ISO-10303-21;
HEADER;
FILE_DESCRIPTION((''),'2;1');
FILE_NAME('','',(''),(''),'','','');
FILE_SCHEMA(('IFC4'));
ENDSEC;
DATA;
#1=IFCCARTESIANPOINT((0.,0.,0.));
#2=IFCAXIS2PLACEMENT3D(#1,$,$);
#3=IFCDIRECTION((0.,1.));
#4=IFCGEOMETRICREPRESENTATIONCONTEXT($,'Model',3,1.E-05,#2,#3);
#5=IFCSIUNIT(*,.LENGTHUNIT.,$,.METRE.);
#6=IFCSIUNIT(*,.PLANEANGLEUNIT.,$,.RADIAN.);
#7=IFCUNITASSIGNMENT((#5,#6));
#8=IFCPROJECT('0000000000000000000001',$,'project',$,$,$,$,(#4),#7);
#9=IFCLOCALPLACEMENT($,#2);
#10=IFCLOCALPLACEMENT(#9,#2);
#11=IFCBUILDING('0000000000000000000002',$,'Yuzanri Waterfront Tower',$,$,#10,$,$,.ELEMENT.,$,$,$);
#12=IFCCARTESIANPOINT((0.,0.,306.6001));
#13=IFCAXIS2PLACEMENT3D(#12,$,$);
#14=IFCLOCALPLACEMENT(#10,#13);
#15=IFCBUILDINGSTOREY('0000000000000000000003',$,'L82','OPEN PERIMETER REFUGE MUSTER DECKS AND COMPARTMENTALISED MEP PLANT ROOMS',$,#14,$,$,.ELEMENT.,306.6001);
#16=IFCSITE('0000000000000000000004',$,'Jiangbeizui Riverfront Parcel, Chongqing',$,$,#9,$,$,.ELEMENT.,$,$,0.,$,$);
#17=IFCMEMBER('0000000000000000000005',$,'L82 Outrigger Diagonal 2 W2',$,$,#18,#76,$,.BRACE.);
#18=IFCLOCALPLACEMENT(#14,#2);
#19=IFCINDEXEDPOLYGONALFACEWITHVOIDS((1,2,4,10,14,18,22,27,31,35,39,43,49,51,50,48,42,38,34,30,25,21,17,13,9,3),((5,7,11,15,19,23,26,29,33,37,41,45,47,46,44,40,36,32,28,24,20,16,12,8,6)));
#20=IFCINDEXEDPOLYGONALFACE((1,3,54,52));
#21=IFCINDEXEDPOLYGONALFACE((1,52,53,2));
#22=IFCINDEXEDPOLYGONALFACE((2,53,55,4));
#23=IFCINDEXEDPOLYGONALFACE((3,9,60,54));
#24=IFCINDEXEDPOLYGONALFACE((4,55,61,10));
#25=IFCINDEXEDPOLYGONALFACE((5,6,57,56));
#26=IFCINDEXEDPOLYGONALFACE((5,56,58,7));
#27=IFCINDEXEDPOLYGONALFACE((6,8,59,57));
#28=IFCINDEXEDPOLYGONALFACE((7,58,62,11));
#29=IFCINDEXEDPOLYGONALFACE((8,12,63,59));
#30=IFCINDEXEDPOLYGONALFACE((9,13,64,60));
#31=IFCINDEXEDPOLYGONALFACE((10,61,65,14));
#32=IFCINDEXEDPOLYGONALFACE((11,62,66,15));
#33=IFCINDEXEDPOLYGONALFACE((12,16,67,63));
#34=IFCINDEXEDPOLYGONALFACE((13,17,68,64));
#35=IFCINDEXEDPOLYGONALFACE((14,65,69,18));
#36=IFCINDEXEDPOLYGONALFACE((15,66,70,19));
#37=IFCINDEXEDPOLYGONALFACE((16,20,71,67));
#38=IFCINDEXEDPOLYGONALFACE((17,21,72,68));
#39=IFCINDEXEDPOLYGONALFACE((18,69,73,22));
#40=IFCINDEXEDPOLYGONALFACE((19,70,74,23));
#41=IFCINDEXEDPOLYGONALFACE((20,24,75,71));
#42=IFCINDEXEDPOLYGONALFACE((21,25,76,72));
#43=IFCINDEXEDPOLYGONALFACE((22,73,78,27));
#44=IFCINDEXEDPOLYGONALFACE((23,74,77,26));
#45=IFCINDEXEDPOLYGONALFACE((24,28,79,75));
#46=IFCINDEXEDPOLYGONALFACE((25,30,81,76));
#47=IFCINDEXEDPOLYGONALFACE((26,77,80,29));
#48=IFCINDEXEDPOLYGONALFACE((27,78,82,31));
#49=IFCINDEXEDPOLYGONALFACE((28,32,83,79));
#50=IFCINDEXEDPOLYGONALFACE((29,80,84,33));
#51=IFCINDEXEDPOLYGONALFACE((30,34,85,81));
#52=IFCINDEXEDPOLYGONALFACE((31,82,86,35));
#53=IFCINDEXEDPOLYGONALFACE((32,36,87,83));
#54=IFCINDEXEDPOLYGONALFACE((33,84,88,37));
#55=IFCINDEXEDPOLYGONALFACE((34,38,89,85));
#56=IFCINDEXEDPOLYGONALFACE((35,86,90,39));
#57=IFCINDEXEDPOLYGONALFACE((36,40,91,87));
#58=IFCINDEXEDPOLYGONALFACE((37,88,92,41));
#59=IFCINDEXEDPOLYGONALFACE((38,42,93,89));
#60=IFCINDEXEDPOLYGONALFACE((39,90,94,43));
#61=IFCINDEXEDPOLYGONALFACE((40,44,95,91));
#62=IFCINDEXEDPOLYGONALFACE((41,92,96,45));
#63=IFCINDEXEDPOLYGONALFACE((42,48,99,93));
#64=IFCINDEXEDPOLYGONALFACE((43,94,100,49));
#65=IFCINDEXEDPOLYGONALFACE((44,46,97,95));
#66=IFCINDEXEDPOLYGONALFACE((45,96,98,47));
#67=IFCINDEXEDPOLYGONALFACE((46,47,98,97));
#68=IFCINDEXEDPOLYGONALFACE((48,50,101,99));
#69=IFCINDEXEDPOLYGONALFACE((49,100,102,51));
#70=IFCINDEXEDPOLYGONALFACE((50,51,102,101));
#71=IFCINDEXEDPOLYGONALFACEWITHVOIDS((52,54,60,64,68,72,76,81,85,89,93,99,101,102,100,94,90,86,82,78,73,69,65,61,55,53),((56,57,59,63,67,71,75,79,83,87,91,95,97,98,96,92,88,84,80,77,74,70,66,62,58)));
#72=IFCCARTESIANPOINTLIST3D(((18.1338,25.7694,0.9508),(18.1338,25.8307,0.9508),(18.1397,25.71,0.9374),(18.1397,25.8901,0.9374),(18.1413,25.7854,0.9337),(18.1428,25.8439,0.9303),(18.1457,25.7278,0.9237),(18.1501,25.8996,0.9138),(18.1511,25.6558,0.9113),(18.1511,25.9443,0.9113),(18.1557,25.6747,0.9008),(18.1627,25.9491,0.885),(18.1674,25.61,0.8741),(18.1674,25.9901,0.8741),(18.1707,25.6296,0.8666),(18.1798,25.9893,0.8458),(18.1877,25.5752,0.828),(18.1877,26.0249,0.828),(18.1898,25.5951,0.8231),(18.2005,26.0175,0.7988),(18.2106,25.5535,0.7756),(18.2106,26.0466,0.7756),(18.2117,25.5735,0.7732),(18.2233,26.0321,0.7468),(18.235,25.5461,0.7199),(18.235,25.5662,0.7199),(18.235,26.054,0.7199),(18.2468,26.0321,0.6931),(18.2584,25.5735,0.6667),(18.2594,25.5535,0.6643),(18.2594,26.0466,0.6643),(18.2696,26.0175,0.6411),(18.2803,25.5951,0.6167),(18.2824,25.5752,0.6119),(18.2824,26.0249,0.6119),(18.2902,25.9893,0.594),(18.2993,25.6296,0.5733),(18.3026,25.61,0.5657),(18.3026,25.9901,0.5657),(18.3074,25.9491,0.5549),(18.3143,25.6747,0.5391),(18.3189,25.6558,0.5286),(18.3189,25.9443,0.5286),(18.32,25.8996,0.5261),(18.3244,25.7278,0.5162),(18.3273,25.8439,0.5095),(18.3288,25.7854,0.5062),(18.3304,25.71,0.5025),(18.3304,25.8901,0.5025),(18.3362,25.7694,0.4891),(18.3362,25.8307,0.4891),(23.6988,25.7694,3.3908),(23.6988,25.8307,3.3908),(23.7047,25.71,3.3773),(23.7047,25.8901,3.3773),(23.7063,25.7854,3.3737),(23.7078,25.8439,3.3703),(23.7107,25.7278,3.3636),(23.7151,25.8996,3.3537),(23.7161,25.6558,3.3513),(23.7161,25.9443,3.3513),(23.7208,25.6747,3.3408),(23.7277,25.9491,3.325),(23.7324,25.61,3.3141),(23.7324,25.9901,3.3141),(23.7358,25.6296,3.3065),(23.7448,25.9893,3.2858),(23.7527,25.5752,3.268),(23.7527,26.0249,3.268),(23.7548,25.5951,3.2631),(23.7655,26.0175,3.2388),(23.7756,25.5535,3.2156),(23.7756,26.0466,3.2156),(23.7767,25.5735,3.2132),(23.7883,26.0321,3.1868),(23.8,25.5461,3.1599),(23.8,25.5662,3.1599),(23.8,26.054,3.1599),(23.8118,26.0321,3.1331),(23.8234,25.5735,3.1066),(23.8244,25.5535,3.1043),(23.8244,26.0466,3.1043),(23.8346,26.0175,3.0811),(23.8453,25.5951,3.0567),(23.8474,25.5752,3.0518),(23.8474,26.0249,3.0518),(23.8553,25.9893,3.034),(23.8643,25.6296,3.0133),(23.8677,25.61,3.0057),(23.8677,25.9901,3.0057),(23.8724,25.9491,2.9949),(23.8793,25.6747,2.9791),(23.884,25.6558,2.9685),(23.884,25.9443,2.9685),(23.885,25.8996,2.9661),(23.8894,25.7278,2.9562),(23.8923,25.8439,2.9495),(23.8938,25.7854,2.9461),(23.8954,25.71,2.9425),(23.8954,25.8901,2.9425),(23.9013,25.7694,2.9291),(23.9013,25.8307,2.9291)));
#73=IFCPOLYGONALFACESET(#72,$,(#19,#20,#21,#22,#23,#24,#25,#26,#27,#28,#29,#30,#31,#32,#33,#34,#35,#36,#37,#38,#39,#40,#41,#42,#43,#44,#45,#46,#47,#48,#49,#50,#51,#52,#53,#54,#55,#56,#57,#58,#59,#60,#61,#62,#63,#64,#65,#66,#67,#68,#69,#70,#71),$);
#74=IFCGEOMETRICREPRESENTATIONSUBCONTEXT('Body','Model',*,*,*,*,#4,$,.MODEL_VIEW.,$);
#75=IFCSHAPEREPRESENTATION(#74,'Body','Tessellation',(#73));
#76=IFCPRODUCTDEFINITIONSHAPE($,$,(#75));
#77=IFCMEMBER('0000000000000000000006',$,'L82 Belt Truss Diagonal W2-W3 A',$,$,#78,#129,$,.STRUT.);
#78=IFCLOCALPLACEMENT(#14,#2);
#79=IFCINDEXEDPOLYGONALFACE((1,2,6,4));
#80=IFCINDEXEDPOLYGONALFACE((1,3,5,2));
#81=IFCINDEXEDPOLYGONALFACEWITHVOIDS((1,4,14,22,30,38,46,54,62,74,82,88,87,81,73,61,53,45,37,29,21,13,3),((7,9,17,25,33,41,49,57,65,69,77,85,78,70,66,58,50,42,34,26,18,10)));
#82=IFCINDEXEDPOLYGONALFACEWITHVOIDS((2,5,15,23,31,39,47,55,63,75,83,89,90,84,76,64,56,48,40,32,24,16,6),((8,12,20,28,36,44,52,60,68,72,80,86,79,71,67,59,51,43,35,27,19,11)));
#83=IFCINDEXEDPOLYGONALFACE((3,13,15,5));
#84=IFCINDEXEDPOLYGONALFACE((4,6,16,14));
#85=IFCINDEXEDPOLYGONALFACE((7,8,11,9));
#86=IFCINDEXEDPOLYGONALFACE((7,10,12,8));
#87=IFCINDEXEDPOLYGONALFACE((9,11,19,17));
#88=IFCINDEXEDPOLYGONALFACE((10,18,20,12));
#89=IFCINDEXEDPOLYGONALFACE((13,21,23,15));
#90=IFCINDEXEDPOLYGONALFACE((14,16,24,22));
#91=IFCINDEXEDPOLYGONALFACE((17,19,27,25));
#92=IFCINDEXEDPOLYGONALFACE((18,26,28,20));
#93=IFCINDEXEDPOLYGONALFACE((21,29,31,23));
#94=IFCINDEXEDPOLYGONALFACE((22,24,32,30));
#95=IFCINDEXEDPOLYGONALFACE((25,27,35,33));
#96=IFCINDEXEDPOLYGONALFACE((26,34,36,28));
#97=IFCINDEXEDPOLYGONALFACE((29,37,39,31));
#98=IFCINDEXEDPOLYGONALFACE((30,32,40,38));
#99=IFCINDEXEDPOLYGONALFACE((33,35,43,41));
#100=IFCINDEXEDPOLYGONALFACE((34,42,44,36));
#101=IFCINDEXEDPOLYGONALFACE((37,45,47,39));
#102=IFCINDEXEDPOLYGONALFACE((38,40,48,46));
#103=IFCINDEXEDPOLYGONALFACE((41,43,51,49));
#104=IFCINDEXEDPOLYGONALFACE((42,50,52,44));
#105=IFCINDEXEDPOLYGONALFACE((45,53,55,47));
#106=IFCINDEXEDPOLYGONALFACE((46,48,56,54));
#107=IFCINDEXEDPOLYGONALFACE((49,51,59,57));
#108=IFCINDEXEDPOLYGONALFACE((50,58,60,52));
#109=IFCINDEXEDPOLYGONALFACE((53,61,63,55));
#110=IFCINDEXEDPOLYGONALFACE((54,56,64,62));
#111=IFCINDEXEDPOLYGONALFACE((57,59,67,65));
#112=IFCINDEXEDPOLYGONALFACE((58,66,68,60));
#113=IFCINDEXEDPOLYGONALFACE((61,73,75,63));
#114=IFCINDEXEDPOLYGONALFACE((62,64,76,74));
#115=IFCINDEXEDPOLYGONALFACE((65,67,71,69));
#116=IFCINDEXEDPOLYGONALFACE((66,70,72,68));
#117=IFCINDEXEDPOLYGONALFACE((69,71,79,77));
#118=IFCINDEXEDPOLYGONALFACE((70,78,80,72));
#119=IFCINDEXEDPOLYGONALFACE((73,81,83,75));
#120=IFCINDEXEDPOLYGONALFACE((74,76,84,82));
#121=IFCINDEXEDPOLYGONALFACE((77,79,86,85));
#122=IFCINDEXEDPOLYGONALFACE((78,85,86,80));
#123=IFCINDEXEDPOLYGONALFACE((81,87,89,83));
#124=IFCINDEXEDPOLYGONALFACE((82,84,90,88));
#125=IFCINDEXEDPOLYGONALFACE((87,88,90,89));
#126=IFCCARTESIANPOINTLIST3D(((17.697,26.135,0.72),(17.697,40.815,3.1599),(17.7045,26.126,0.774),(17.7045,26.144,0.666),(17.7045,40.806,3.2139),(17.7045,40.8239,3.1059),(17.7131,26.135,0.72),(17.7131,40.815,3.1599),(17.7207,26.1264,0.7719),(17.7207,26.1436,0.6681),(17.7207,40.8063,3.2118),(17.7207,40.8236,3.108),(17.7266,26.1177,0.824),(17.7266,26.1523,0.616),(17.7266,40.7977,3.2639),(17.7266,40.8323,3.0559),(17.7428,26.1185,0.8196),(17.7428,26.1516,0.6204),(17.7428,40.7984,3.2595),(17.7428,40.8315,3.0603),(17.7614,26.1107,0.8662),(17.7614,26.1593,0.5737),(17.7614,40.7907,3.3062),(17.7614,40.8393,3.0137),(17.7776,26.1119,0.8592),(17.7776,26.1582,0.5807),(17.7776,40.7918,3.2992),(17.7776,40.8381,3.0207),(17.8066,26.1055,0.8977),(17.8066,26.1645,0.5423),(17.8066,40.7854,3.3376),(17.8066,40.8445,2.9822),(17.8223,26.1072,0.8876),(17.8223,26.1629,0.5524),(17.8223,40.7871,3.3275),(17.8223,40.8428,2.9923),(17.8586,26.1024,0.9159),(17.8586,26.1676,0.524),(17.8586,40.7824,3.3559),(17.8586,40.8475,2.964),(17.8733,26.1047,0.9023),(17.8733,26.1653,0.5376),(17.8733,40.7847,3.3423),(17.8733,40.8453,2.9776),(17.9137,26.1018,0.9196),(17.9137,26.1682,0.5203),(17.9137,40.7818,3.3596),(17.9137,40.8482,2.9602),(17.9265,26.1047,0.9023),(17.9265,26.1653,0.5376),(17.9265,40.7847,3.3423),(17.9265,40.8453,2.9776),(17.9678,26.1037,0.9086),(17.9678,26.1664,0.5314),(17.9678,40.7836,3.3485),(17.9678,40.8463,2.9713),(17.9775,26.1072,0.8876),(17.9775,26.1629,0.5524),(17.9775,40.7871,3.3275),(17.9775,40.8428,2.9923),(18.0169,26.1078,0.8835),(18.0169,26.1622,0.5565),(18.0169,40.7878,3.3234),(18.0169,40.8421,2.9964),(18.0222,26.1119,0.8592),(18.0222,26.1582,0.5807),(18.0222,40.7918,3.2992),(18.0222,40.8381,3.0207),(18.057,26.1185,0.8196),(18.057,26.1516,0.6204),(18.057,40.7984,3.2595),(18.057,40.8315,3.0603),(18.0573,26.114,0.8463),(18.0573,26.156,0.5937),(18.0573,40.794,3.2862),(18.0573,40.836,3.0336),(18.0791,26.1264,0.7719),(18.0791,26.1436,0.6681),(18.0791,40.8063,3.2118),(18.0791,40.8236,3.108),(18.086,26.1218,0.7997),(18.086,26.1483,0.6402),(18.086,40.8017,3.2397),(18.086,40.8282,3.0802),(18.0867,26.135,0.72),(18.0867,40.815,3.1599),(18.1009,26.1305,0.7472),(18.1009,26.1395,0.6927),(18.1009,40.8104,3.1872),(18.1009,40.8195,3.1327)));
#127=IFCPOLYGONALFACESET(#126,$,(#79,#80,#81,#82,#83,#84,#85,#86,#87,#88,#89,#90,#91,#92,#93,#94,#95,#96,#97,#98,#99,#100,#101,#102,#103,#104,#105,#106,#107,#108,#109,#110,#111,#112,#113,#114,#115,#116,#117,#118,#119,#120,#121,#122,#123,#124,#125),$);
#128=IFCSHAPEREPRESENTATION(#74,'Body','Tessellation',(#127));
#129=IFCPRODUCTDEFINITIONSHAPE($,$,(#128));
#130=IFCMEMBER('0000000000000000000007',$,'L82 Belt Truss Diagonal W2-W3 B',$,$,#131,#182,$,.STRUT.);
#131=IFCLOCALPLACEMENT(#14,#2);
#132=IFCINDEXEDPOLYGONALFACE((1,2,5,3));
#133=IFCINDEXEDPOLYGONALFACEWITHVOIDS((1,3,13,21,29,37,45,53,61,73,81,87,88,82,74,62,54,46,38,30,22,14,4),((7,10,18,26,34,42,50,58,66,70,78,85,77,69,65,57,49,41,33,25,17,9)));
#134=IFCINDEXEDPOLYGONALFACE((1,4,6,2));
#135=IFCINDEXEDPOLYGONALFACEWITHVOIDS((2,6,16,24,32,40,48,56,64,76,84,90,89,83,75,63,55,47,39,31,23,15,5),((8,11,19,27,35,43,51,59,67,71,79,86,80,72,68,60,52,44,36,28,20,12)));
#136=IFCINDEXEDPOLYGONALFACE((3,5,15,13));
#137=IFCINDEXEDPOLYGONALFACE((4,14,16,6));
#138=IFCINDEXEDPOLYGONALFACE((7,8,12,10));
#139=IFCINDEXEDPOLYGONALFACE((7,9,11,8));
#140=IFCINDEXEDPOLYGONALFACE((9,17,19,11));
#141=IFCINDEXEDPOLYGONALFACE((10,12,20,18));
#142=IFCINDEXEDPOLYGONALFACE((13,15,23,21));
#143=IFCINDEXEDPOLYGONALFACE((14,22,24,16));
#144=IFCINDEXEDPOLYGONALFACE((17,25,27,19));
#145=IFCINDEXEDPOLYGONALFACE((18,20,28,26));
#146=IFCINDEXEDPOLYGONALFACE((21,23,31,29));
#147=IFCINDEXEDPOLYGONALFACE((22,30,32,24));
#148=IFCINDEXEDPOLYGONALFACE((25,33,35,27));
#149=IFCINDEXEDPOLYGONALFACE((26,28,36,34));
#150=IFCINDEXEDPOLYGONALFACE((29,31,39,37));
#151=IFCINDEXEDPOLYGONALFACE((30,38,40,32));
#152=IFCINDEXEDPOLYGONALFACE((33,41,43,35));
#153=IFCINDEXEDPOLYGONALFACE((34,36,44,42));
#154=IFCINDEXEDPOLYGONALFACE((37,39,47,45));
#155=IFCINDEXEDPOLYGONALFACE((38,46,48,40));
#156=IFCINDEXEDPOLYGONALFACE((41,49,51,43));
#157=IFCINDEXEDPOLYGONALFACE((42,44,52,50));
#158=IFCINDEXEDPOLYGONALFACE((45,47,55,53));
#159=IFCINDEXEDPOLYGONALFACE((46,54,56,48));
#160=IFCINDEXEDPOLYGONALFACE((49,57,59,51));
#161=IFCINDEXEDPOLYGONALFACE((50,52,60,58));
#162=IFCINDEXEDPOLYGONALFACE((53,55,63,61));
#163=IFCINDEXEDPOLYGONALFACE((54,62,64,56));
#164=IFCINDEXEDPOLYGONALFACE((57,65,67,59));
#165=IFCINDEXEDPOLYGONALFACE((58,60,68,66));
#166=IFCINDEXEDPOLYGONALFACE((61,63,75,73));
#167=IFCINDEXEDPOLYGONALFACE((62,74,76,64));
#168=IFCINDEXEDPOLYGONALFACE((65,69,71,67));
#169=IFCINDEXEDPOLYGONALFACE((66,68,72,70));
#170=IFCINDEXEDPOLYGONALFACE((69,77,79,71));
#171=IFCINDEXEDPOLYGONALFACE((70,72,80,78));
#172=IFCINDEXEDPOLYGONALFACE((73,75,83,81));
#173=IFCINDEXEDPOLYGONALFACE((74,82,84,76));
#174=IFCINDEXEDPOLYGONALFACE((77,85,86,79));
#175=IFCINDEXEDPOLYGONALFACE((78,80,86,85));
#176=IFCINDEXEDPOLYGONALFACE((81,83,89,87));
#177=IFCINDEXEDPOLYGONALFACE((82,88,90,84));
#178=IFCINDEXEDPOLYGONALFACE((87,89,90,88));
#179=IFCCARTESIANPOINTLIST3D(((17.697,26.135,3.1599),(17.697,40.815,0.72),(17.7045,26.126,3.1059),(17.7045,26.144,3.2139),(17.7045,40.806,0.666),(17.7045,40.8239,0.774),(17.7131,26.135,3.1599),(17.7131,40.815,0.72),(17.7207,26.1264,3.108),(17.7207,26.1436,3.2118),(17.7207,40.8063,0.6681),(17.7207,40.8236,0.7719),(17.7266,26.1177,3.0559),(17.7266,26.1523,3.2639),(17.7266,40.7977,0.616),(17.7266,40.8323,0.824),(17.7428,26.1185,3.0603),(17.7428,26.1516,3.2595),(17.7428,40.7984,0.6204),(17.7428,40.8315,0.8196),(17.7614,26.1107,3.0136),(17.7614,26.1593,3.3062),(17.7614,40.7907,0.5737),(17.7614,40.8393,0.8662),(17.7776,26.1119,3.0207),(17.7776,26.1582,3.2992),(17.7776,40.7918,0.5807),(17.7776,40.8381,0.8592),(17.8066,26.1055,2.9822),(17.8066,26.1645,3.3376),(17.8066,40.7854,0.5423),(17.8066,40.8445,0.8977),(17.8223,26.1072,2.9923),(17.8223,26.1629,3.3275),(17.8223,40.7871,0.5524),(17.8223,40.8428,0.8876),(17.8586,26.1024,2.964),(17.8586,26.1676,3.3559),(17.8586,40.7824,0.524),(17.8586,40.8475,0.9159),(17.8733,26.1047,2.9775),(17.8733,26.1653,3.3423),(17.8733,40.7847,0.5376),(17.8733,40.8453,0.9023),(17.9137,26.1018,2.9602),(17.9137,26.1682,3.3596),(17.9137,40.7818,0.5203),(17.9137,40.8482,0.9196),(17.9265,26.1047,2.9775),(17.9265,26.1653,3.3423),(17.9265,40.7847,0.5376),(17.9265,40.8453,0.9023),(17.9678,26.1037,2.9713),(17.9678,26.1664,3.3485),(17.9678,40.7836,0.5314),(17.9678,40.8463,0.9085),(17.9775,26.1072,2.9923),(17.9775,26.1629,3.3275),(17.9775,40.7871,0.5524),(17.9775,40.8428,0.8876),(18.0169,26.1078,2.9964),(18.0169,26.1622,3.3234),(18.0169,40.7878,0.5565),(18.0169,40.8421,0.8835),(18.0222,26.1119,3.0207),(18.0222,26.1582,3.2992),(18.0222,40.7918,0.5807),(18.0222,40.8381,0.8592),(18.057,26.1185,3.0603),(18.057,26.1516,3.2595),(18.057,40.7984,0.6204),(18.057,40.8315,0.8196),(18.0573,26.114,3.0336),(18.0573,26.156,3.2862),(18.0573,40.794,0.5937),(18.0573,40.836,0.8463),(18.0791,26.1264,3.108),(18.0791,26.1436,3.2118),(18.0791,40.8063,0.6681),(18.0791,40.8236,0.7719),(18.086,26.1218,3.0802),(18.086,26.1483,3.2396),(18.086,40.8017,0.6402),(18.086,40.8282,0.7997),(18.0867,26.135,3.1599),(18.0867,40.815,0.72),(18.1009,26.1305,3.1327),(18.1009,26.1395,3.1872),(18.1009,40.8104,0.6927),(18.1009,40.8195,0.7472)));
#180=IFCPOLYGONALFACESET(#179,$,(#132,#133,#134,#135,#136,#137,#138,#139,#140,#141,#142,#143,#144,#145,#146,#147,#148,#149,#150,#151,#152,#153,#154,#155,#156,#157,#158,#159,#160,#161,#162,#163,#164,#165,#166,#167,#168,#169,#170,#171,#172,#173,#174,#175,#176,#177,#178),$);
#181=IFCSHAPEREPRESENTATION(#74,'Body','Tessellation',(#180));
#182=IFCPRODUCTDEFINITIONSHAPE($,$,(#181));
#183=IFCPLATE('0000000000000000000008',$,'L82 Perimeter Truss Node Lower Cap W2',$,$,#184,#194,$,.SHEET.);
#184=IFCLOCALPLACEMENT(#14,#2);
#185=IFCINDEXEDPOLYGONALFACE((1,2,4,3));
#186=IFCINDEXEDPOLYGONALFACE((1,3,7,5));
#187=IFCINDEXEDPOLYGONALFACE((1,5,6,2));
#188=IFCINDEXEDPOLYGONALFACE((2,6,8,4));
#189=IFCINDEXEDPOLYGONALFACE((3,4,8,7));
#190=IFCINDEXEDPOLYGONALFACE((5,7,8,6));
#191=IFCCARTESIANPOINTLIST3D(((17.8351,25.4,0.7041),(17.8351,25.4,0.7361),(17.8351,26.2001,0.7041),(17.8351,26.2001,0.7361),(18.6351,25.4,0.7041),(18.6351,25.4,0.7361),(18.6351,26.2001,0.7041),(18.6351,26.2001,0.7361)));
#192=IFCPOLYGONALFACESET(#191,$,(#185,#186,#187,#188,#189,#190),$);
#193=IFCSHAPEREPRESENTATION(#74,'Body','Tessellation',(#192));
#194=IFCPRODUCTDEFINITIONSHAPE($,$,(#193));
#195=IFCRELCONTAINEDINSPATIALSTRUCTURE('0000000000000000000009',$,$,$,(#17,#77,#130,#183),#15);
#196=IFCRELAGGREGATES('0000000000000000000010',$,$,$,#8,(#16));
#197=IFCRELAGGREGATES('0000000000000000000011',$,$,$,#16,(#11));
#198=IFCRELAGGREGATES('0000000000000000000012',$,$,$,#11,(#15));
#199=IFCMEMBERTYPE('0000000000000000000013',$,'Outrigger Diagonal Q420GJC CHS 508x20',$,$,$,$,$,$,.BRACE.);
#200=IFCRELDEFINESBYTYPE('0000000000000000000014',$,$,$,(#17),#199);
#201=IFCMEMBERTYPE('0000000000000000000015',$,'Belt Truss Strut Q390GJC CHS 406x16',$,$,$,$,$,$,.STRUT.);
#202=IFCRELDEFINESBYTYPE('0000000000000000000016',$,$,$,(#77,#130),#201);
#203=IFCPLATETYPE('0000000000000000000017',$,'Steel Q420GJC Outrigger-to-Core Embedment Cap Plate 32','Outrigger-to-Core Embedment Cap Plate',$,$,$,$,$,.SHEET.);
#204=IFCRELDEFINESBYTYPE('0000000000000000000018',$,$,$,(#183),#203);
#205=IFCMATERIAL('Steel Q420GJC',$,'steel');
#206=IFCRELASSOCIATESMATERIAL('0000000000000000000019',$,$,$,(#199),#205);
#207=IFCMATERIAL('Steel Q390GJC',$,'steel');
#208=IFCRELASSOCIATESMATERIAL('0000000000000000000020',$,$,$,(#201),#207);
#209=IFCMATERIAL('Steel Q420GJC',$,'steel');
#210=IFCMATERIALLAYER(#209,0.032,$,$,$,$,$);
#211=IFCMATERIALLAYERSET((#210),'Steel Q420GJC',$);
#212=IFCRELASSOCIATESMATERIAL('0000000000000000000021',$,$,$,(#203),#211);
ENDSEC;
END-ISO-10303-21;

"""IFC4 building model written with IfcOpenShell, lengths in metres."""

from ifc_helpers import new_model, si_unit, direction, frame, origin, origin_2d, place, context, subcontext, project, spatial, rectangle, hollow_circle, extrude, source, transform, mapped, material, layer, layer_set, material_profile, profile_set, type_object, element, save


model = new_model("IFC4")

# Units and contexts
model_context = context("Model", 3, precision=1e-05, world=origin(), true_north=direction((0.0, 1.0)))
body_context = subcontext(model_context, "Body", "Model", "MODEL_VIEW")
ifc_project = project(units=[si_unit("LENGTHUNIT", "METRE"), si_unit("PLANEANGLEUNIT", "RADIAN")], contexts=[model_context])

# Site, building, storey
site_placement = place(None, origin())
site = spatial("IfcSite", under=ifc_project, at=site_placement, Name="Jiangbeizui Riverfront Parcel, Chongqing", CompositionType="ELEMENT", RefElevation=0.0)
building_placement = place(site_placement, origin())
building = spatial("IfcBuilding", under=site, at=building_placement, Name="Yuzanri Waterfront Tower", CompositionType="ELEMENT")
storey_placement = place(building_placement, frame((0.0, 0.0, 306.6001)))
storey = spatial("IfcBuildingStorey", under=building, at=storey_placement, Name="L82", Description="OPEN PERIMETER REFUGE MUSTER DECKS AND COMPARTMENTALISED MEP PLANT ROOMS", CompositionType="ELEMENT", Elevation=306.6001)

# Members
ifc_material_1 = material(Name="Steel Q420GJC", Category="steel")
ifc_material_profile_1 = material_profile(ifc_material_1, hollow_circle(Radius=0.2539, WallThickness=0.02, at=origin_2d()), Name="CHS 508x20")
ifc_profile_set_1 = profile_set([ifc_material_profile_1], Name="Steel Q420GJC")
member_type_1 = type_object("IfcMemberType", Name="Outrigger Diagonal Q420GJC CHS 508x20", PredefinedType="BRACE", material=ifc_profile_set_1)
shared_shape_1 = source(origin(), body_context, "Body", "SweptSolid", [
    extrude(hollow_circle(Radius=0.2539, WallThickness=0.02, at=origin_2d()), origin(), (0.0, 0.0, 1.0), 6.0764),
])
for number, where, z_axis, x_axis, name in (
    (1, (23.8, 25.8, 3.1599), (-0.915838, 0.0, -0.401548), (0.0, -1.0, 0.0), "L82 Outrigger Diagonal 2 W2"),
):
    element("IfcMember", number, at=place(storey_placement, frame(where, z_axis=z_axis, x_axis=x_axis)), inside=storey, type_object=member_type_1, Name=name, PredefinedType="BRACE", context=body_context, shape_type="MappedRepresentation", body=[
        mapped(shared_shape_1, transform((0.0, 0.0, 0.0), scale=1.0)),
    ])
ifc_material_2 = material(Name="Steel Q390GJC", Category="steel")
ifc_material_profile_2 = material_profile(ifc_material_2, hollow_circle(Radius=0.2029, WallThickness=0.0161, at=origin_2d()), Name="CHS 406x16")
ifc_profile_set_2 = profile_set([ifc_material_profile_2], Name="Steel Q390GJC")
member_type_2 = type_object("IfcMemberType", Name="Belt Truss Strut Q390GJC CHS 406x16", PredefinedType="STRUT", material=ifc_profile_set_2)
shared_shape_2 = source(origin(), body_context, "Body", "SweptSolid", [
    extrude(hollow_circle(Radius=0.2029, WallThickness=0.0161, at=origin_2d()), origin(), (0.0, 0.0, 1.0), 14.8813),
])
for number, where, z_axis, x_axis, name in (
    (2, (17.8999, 26.135, 0.72), (0.0, 0.986467, 0.16396), (-1.0, 0.0, 0.0), "L82 Belt Truss Diagonal W2-W3 A"),
    (3, (17.8999, 26.135, 3.1599), (0.0, 0.986467, -0.16396), (-1.0, 0.0, 0.0), "L82 Belt Truss Diagonal W2-W3 B"),
):
    element("IfcMember", number, at=place(storey_placement, frame(where, z_axis=z_axis, x_axis=x_axis)), inside=storey, type_object=member_type_2, Name=name, PredefinedType="STRUT", context=body_context, shape_type="MappedRepresentation", body=[
        mapped(shared_shape_2, transform((0.0, 0.0, 0.0), scale=1.0)),
    ])

# Plate
ifc_material_3 = material(Name="Steel Q420GJC", Category="steel")
ifc_layer_1 = layer(ifc_material_3, 0.032)
ifc_layer_set_1 = layer_set([ifc_layer_1], Name="Steel Q420GJC")
plate_type = type_object("IfcPlateType", Name="Steel Q420GJC Outrigger-to-Core Embedment Cap Plate 32", Description="Outrigger-to-Core Embedment Cap Plate", PredefinedType="SHEET", material=ifc_layer_set_1)
shared_shape_3 = source(origin(), body_context, "Body", "SweptSolid", [
    extrude(rectangle(XDim=0.8, YDim=0.8, at=origin_2d()), origin(), (0.0, 0.0, 1.0), 0.032),
])
for number, where, z_axis, x_axis, name in (
    (4, (18.2351, 25.8, 0.7041), (0.0, 0.0, 1.0), (1.0, 0.0, 0.0), "L82 Perimeter Truss Node Lower Cap W2"),
):
    element("IfcPlate", number, at=place(storey_placement, frame(where, z_axis=z_axis, x_axis=x_axis)), inside=storey, type_object=plate_type, Name=name, PredefinedType="SHEET", context=body_context, shape_type="MappedRepresentation", body=[
        mapped(shared_shape_3, transform((0.0, 0.0, 0.0), scale=1.0)),
    ])

save(model, "model.ifc")
